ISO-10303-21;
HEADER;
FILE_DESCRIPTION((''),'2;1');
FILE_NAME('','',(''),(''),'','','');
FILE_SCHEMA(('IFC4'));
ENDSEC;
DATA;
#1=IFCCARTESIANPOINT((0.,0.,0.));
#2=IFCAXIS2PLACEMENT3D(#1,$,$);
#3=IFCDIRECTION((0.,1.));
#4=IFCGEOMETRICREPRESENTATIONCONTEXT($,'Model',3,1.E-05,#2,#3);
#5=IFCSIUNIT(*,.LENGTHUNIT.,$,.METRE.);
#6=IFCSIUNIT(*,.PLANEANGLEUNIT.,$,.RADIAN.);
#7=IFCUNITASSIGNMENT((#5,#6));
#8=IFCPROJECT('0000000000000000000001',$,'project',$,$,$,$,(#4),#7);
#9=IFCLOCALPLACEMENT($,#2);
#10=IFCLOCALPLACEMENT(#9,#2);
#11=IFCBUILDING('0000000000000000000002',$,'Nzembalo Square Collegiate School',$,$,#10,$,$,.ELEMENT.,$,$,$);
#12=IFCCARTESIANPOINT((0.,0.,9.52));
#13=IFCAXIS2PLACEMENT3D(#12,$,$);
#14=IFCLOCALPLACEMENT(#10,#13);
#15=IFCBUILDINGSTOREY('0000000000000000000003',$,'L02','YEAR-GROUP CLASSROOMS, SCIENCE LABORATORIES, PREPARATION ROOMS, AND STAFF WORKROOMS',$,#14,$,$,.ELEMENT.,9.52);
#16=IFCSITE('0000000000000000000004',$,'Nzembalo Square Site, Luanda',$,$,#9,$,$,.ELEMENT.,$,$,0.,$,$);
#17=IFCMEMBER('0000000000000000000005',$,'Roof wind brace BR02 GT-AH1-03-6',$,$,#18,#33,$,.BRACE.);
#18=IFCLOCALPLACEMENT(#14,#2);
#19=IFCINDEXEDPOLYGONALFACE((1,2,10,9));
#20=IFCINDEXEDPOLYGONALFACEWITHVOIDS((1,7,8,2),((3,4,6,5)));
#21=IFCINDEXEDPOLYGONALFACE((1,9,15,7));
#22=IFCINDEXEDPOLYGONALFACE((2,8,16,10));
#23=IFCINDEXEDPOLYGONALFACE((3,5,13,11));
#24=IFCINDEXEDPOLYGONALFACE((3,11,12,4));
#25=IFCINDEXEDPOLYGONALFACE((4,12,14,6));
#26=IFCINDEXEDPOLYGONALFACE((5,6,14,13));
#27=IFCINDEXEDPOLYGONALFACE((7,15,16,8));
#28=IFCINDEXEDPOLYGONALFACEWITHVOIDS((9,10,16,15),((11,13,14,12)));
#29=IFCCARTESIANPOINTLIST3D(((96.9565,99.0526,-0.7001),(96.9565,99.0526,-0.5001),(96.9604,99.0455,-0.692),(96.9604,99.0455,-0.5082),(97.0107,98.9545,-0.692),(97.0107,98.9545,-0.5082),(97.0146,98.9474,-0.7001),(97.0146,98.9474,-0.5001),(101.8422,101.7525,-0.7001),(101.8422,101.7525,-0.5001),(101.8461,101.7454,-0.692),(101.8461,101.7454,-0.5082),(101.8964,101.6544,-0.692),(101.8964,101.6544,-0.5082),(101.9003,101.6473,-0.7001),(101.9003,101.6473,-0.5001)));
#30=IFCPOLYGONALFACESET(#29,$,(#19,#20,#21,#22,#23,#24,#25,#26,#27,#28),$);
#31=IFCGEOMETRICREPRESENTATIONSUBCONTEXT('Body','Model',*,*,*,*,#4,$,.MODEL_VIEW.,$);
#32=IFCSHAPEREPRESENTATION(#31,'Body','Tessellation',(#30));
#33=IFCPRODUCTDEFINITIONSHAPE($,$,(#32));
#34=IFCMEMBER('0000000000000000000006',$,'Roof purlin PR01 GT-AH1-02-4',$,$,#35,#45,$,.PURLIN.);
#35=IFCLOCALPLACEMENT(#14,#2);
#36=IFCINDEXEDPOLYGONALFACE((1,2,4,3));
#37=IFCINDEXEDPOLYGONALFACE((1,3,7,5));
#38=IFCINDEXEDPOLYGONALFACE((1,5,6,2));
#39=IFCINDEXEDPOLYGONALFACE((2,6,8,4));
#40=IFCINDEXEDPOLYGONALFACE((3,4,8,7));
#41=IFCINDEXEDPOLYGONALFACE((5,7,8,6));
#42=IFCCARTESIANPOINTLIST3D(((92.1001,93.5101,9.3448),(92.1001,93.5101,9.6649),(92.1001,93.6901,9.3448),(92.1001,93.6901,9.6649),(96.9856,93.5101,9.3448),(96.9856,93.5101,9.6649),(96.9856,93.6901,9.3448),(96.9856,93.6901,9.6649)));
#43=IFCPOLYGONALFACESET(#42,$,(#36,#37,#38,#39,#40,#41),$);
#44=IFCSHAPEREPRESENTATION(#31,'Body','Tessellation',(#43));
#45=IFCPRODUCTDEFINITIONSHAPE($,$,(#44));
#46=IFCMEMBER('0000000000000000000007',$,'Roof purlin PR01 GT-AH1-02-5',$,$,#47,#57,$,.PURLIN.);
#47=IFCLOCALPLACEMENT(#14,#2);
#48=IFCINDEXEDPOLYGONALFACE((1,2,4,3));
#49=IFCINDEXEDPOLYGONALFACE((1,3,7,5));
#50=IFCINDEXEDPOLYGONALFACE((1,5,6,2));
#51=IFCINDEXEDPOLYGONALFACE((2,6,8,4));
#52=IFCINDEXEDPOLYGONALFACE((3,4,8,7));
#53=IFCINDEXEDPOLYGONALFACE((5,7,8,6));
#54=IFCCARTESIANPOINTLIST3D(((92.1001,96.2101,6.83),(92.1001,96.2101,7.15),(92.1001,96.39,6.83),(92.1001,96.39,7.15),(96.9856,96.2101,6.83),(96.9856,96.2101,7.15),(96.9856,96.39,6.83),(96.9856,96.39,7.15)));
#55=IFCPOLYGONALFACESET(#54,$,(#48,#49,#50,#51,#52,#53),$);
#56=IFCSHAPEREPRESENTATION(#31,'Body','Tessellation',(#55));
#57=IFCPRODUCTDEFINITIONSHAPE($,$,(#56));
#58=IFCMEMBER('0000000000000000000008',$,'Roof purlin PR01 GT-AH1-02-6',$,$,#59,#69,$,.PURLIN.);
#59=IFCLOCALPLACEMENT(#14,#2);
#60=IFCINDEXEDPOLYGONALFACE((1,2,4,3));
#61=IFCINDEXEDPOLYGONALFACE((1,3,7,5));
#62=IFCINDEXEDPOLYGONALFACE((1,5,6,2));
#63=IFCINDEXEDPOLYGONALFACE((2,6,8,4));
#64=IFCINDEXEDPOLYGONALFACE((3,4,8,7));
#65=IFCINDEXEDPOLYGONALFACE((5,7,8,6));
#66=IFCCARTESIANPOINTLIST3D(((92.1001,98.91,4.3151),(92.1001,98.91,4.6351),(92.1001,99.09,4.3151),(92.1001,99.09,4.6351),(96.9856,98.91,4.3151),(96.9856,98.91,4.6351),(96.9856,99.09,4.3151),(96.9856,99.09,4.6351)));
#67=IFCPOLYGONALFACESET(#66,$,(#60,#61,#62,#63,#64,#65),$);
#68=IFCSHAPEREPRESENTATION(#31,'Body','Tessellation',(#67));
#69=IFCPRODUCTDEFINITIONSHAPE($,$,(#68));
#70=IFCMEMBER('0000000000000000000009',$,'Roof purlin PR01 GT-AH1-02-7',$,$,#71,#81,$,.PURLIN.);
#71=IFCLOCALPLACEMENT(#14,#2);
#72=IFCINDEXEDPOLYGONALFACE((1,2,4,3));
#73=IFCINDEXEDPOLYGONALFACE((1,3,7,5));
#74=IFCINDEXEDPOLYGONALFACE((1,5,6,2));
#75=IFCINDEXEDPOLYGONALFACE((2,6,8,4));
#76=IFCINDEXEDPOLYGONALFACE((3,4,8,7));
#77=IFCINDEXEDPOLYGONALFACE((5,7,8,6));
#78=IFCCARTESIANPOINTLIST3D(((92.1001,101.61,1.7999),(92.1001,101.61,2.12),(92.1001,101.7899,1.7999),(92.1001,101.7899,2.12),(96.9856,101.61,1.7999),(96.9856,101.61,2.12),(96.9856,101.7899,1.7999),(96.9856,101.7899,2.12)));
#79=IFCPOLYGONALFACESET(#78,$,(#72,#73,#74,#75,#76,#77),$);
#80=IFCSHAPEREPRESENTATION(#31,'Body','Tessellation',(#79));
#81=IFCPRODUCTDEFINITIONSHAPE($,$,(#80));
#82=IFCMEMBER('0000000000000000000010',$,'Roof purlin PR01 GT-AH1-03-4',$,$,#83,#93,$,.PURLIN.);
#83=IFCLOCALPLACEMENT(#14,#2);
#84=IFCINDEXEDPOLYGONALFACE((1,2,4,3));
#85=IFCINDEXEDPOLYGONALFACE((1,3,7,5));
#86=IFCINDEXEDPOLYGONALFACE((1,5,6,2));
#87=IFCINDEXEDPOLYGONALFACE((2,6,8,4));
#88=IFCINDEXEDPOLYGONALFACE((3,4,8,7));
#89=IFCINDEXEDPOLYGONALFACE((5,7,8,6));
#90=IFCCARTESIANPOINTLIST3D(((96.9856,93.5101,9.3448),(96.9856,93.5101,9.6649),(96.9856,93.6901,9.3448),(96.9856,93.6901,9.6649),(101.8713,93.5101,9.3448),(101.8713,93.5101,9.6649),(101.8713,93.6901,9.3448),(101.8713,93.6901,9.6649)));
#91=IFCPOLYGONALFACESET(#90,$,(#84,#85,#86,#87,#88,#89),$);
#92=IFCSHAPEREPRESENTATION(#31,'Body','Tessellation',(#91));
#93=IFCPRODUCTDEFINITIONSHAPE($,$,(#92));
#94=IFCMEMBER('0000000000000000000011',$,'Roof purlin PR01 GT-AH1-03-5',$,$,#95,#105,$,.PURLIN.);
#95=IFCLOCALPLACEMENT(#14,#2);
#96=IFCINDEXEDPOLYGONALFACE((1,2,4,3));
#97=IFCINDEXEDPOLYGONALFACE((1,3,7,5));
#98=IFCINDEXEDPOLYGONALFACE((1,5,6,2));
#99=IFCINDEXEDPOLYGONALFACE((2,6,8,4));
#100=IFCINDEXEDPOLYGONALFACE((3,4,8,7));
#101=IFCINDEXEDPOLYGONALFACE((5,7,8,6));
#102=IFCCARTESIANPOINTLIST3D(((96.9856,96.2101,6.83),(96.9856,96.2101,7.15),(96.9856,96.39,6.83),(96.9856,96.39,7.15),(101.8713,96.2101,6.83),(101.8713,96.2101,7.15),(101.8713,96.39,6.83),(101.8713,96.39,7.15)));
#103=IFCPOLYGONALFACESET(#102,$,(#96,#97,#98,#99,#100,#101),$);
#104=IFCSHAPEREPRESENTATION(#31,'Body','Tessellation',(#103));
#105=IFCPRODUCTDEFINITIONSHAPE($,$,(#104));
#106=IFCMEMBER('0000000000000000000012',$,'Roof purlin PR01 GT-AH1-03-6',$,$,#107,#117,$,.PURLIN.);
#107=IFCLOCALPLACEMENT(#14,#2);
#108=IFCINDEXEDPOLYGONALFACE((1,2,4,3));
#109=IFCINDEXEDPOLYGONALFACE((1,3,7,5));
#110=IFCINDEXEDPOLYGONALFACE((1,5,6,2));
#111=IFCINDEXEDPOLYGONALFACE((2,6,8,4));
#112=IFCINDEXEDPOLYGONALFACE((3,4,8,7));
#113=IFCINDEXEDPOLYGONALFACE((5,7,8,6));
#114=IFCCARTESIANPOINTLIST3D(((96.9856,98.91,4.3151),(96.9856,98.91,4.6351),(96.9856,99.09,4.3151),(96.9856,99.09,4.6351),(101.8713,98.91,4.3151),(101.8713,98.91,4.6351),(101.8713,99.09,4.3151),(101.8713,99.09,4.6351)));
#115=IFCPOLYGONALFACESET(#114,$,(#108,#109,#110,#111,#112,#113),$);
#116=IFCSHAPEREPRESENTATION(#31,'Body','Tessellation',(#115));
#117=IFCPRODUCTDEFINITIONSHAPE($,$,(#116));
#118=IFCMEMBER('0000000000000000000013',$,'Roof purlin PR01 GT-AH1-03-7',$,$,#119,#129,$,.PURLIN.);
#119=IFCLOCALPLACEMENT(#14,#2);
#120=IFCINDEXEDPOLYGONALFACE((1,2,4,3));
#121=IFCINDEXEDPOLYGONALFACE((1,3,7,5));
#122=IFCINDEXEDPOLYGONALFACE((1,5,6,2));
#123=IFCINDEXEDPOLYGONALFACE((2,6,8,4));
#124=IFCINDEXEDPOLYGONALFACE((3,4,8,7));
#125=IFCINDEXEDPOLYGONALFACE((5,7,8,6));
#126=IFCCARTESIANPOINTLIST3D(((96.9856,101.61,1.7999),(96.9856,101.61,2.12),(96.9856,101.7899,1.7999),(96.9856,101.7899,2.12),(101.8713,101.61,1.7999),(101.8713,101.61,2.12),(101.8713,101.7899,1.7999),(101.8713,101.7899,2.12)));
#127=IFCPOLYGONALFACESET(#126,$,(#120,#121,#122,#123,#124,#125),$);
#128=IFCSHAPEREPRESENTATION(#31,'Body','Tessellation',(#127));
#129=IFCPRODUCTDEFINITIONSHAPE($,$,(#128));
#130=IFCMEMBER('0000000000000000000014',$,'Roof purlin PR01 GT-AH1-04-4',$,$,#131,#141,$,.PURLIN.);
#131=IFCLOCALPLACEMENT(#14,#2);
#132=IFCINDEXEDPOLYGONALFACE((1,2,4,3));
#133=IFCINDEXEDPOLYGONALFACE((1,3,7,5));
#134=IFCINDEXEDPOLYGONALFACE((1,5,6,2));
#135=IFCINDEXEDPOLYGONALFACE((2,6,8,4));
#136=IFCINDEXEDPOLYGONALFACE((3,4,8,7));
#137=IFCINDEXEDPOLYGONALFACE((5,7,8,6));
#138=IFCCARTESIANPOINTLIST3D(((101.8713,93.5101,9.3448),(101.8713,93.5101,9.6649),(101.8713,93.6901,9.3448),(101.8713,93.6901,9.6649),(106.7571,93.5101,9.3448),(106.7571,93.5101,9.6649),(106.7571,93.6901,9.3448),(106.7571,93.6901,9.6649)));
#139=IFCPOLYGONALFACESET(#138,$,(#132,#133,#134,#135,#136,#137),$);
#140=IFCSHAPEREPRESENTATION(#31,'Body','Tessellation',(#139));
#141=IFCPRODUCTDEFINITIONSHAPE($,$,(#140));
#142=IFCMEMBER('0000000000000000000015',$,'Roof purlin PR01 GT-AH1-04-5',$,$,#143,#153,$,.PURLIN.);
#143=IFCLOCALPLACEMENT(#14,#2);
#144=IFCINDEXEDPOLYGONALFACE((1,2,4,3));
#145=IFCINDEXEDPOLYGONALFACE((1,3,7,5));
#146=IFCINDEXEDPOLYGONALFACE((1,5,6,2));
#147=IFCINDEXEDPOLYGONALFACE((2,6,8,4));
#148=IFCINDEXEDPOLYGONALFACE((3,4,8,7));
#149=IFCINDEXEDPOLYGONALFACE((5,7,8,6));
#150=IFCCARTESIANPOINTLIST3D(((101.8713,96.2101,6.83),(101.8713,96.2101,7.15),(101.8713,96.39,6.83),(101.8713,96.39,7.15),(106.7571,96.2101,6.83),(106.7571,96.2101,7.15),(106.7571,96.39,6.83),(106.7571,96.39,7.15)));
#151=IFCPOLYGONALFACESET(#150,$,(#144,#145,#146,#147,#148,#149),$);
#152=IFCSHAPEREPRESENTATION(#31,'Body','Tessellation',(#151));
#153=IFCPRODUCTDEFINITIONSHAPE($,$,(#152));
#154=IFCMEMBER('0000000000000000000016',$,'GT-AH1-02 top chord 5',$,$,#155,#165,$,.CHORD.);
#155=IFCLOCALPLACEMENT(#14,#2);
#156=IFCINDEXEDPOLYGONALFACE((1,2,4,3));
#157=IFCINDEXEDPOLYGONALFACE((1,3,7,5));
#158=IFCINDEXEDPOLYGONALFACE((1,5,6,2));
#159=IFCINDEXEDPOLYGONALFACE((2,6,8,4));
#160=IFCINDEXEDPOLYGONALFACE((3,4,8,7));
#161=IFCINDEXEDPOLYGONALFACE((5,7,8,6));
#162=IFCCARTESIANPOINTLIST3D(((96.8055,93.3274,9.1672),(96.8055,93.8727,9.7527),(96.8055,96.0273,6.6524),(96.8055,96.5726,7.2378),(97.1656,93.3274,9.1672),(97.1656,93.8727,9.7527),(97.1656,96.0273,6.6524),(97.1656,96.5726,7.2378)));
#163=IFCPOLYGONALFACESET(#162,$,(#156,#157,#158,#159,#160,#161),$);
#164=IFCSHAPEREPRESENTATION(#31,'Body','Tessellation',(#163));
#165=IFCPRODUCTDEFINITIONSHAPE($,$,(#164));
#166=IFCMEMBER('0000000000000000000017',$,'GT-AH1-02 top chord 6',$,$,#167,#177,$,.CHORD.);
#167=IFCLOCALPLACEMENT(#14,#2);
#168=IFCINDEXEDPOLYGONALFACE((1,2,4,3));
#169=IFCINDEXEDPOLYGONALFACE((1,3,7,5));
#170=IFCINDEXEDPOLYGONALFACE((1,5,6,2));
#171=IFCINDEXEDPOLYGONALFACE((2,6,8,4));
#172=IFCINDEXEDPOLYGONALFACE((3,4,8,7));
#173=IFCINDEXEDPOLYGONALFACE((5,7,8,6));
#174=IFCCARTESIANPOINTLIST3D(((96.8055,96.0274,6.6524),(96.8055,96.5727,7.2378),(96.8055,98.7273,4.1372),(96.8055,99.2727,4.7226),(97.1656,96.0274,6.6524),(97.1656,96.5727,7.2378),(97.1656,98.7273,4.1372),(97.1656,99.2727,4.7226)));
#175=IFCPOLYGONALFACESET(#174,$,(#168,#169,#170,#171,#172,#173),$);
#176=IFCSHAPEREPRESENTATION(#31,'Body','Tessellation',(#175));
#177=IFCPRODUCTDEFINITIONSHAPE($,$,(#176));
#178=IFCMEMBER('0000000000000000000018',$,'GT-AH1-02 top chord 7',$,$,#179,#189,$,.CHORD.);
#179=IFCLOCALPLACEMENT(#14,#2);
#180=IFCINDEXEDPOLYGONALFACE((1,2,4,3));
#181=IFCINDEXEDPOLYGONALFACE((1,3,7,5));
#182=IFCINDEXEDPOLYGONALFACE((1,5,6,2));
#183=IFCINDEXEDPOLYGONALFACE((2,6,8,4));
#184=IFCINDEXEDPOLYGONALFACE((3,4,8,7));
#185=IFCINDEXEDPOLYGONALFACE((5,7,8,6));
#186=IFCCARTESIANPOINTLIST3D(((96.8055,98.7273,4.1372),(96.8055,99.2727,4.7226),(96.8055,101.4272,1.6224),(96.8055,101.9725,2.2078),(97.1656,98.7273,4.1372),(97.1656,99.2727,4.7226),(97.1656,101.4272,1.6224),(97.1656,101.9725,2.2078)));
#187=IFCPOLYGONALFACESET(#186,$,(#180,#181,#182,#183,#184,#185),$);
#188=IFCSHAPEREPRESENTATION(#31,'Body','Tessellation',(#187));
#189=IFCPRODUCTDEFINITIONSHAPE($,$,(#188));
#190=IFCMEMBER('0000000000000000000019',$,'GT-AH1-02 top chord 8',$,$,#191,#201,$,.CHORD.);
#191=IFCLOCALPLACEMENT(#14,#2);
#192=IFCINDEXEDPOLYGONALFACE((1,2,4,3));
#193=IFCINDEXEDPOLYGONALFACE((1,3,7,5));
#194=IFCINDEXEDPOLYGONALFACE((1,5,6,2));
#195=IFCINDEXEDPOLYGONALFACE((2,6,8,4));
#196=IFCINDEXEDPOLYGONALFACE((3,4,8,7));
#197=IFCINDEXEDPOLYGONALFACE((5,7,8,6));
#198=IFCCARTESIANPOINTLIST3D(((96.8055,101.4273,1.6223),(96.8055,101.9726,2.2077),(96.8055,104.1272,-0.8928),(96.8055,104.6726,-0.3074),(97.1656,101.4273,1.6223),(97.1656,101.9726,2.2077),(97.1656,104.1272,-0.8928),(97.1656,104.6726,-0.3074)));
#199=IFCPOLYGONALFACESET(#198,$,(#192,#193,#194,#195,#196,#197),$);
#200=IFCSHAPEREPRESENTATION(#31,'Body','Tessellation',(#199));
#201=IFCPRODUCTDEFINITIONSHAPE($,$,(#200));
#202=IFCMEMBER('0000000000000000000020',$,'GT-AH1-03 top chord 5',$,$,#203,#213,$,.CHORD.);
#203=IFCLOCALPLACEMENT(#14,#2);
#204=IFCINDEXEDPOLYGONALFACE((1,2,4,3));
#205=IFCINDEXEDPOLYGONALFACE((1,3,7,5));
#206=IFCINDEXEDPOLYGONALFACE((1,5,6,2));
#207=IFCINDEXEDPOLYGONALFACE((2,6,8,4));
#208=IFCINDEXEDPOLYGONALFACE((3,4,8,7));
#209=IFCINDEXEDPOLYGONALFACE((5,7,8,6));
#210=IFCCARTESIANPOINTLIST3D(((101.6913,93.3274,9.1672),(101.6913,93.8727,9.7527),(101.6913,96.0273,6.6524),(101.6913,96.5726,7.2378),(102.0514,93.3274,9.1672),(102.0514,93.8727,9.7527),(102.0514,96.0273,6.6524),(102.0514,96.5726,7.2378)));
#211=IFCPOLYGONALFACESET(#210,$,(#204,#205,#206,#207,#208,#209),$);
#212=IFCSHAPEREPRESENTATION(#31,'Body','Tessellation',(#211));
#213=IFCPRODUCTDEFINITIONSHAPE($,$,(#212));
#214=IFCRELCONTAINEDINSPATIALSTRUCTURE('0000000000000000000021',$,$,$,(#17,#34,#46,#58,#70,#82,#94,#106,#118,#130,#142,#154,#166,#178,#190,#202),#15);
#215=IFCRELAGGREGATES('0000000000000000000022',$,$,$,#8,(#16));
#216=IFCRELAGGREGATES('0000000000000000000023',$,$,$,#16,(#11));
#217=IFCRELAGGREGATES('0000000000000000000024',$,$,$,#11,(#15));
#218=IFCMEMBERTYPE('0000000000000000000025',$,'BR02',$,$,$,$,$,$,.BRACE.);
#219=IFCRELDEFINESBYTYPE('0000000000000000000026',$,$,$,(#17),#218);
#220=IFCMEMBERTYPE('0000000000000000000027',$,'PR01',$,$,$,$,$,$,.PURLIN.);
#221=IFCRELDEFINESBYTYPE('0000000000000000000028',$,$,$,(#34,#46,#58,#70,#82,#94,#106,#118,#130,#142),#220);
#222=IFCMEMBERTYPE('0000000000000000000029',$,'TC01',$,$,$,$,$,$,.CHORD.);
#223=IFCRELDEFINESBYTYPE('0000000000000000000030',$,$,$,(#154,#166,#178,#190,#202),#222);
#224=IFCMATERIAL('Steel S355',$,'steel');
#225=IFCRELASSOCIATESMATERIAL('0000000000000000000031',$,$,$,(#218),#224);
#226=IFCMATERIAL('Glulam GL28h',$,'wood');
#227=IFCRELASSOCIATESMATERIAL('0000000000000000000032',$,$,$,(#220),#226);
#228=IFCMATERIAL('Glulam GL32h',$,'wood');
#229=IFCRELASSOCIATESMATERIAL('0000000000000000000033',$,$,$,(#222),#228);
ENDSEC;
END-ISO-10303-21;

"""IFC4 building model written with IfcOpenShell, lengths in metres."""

from ifc_helpers import new_model, si_unit, direction, frame, origin, origin_2d, place, context, subcontext, project, spatial, rectangle, hollow_rectangle, extrude, material, material_profile, profile_set, type_object, element, save


model = new_model("IFC4")

# Units and contexts
model_context = context("Model", 3, precision=1e-05, world=origin(), true_north=direction((0.0, 1.0)))
body_context = subcontext(model_context, "Body", "Model", "MODEL_VIEW")
ifc_project = project(units=[si_unit("LENGTHUNIT", "METRE"), si_unit("PLANEANGLEUNIT", "RADIAN")], contexts=[model_context])

# Site, building, storey
site_placement = place(None, origin())
site = spatial("IfcSite", under=ifc_project, at=site_placement, Name="Nzembalo Square Site, Luanda", CompositionType="ELEMENT", RefElevation=0.0)
building_placement = place(site_placement, origin())
building = spatial("IfcBuilding", under=site, at=building_placement, Name="Nzembalo Square Collegiate School", CompositionType="ELEMENT")
storey_placement = place(building_placement, frame((0.0, 0.0, 9.52)))
storey = spatial("IfcBuildingStorey", under=building, at=storey_placement, Name="L02", Description="YEAR-GROUP CLASSROOMS, SCIENCE LABORATORIES, PREPARATION ROOMS, AND STAFF WORKROOMS", CompositionType="ELEMENT", Elevation=9.52)

# Members
ifc_material_1 = material(Name="Steel S355", Category="steel")
ifc_material_profile_1 = material_profile(ifc_material_1, hollow_rectangle(XDim=0.1201, YDim=0.2, WallThickness=0.0081, at=origin_2d()), Name="RHS 200x120x8")
ifc_profile_set_1 = profile_set([ifc_material_profile_1], Name="Steel S355")
member_type_1 = type_object("IfcMemberType", Name="BR02", PredefinedType="BRACE", material=ifc_profile_set_1)
member_1_placement = place(storey_placement, frame((96.9856, 99.0, -0.6001), z_axis=(0.875246, 0.483677, 0.0), x_axis=(-0.483677, 0.875246, 0.0)))
element("IfcMember", 1, at=member_1_placement, inside=storey, type_object=member_type_1, Name="Roof wind brace BR02 GT-AH1-03-6", PredefinedType="BRACE", context=body_context, shape_type="SweptSolid", body=[
    extrude(hollow_rectangle(XDim=0.1201, YDim=0.2, WallThickness=0.0081, at=origin_2d()), origin(), (0.0, 0.0, 1.0), 5.582),
])
ifc_material_2 = material(Name="Glulam GL28h", Category="wood")
ifc_material_profile_2 = material_profile(ifc_material_2, rectangle(XDim=0.1799, YDim=0.3201, at=origin_2d()), Name="GL28h 180x320")
ifc_profile_set_2 = profile_set([ifc_material_profile_2], Name="Glulam GL28h")
member_type_2 = type_object("IfcMemberType", Name="PR01", PredefinedType="PURLIN", material=ifc_profile_set_2)
for number, where, z_axis, x_axis, name in (
    (2, (92.1001, 93.6001, 9.5049), (1.0, 0.0, 0.0), (0.0, 1.0, 0.0), "Roof purlin PR01 GT-AH1-02-4"),
    (3, (92.1001, 96.3, 6.99), (1.0, 0.0, 0.0), (0.0, 1.0, 0.0), "Roof purlin PR01 GT-AH1-02-5"),
    (4, (92.1001, 99.0, 4.4751), (1.0, 0.0, 0.0), (0.0, 1.0, 0.0), "Roof purlin PR01 GT-AH1-02-6"),
    (5, (92.1001, 101.7, 1.96), (1.0, 0.0, 0.0), (0.0, 1.0, 0.0), "Roof purlin PR01 GT-AH1-02-7"),
):
    element("IfcMember", number, at=place(storey_placement, frame(where, z_axis=z_axis, x_axis=x_axis)), inside=storey, type_object=member_type_2, Name=name, PredefinedType="PURLIN", context=body_context, shape_type="SweptSolid", body=[
        extrude(rectangle(XDim=0.1799, YDim=0.3201, at=origin_2d()), origin(), (0.0, 0.0, 1.0), 4.8855),
    ])
for number, where, z_axis, x_axis, name in (
    (6, (96.9856, 93.6001, 9.5049), (1.0, 0.0, 0.0), (0.0, 1.0, 0.0), "Roof purlin PR01 GT-AH1-03-4"),
    (7, (96.9856, 96.3, 6.99), (1.0, 0.0, 0.0), (0.0, 1.0, 0.0), "Roof purlin PR01 GT-AH1-03-5"),
    (8, (96.9856, 99.0, 4.4751), (1.0, 0.0, 0.0), (0.0, 1.0, 0.0), "Roof purlin PR01 GT-AH1-03-6"),
    (9, (96.9856, 101.7, 1.96), (1.0, 0.0, 0.0), (0.0, 1.0, 0.0), "Roof purlin PR01 GT-AH1-03-7"),
    (10, (101.8713, 93.6001, 9.5049), (1.0, 0.0, 0.0), (0.0, 1.0, 0.0), "Roof purlin PR01 GT-AH1-04-4"),
    (11, (101.8713, 96.3, 6.99), (1.0, 0.0, 0.0), (0.0, 1.0, 0.0), "Roof purlin PR01 GT-AH1-04-5"),
):
    element("IfcMember", number, at=place(storey_placement, frame(where, z_axis=z_axis, x_axis=x_axis)), inside=storey, type_object=member_type_2, Name=name, PredefinedType="PURLIN", context=body_context, shape_type="SweptSolid", body=[
        extrude(rectangle(XDim=0.1799, YDim=0.3201, at=origin_2d()), origin(), (0.0, 0.0, 1.0), 4.8857),
    ])
ifc_material_3 = material(Name="Glulam GL32h", Category="wood")
ifc_material_profile_3 = material_profile(ifc_material_3, rectangle(XDim=0.3601, YDim=0.8, at=origin_2d()), Name="GL32h 360x800")
ifc_profile_set_3 = profile_set([ifc_material_profile_3], Name="Glulam GL32h")
member_type_3 = type_object("IfcMemberType", Name="TC01", PredefinedType="CHORD", material=ifc_profile_set_3)
member_2_placement = place(storey_placement, frame((96.9856, 93.6001, 9.46), z_axis=(0.0, 0.731739, -0.681585), x_axis=(-1.0, 0.0, 0.0)))
element("IfcMember", 12, at=member_2_placement, inside=storey, type_object=member_type_3, Name="GT-AH1-02 top chord 5", PredefinedType="CHORD", context=body_context, shape_type="SweptSolid", body=[
    extrude(rectangle(XDim=0.3601, YDim=0.8, at=origin_2d()), origin(), (0.0, 0.0, 1.0), 3.6897),
])
member_3_placement = place(storey_placement, frame((96.9856, 96.3, 6.9451), z_axis=(0.0, 0.731706, -0.68162), x_axis=(-1.0, 0.0, 0.0)))
element("IfcMember", 13, at=member_3_placement, inside=storey, type_object=member_type_3, Name="GT-AH1-02 top chord 6", PredefinedType="CHORD", context=body_context, shape_type="SweptSolid", body=[
    extrude(rectangle(XDim=0.3601, YDim=0.8, at=origin_2d()), origin(), (0.0, 0.0, 1.0), 3.6899),
])
member_4_placement = place(storey_placement, frame((96.9856, 99.0, 4.4299), z_axis=(0.0, 0.731739, -0.681585), x_axis=(-1.0, 0.0, 0.0)))
element("IfcMember", 14, at=member_4_placement, inside=storey, type_object=member_type_3, Name="GT-AH1-02 top chord 7", PredefinedType="CHORD", context=body_context, shape_type="SweptSolid", body=[
    extrude(rectangle(XDim=0.3601, YDim=0.8, at=origin_2d()), origin(), (0.0, 0.0, 1.0), 3.6897),
])
member_5_placement = place(storey_placement, frame((96.9856, 101.7, 1.915), z_axis=(0.0, 0.731706, -0.68162), x_axis=(-1.0, 0.0, 0.0)))
element("IfcMember", 15, at=member_5_placement, inside=storey, type_object=member_type_3, Name="GT-AH1-02 top chord 8", PredefinedType="CHORD", context=body_context, shape_type="SweptSolid", body=[
    extrude(rectangle(XDim=0.3601, YDim=0.8, at=origin_2d()), origin(), (0.0, 0.0, 1.0), 3.6899),
])
member_6_placement = place(storey_placement, frame((101.8713, 93.6001, 9.46), z_axis=(0.0, 0.731739, -0.681585), x_axis=(-1.0, 0.0, 0.0)))
element("IfcMember", 16, at=member_6_placement, inside=storey, type_object=member_type_3, Name="GT-AH1-03 top chord 5", PredefinedType="CHORD", context=body_context, shape_type="SweptSolid", body=[
    extrude(rectangle(XDim=0.3601, YDim=0.8, at=origin_2d()), origin(), (0.0, 0.0, 1.0), 3.6897),
])

save(model, "model.ifc")
